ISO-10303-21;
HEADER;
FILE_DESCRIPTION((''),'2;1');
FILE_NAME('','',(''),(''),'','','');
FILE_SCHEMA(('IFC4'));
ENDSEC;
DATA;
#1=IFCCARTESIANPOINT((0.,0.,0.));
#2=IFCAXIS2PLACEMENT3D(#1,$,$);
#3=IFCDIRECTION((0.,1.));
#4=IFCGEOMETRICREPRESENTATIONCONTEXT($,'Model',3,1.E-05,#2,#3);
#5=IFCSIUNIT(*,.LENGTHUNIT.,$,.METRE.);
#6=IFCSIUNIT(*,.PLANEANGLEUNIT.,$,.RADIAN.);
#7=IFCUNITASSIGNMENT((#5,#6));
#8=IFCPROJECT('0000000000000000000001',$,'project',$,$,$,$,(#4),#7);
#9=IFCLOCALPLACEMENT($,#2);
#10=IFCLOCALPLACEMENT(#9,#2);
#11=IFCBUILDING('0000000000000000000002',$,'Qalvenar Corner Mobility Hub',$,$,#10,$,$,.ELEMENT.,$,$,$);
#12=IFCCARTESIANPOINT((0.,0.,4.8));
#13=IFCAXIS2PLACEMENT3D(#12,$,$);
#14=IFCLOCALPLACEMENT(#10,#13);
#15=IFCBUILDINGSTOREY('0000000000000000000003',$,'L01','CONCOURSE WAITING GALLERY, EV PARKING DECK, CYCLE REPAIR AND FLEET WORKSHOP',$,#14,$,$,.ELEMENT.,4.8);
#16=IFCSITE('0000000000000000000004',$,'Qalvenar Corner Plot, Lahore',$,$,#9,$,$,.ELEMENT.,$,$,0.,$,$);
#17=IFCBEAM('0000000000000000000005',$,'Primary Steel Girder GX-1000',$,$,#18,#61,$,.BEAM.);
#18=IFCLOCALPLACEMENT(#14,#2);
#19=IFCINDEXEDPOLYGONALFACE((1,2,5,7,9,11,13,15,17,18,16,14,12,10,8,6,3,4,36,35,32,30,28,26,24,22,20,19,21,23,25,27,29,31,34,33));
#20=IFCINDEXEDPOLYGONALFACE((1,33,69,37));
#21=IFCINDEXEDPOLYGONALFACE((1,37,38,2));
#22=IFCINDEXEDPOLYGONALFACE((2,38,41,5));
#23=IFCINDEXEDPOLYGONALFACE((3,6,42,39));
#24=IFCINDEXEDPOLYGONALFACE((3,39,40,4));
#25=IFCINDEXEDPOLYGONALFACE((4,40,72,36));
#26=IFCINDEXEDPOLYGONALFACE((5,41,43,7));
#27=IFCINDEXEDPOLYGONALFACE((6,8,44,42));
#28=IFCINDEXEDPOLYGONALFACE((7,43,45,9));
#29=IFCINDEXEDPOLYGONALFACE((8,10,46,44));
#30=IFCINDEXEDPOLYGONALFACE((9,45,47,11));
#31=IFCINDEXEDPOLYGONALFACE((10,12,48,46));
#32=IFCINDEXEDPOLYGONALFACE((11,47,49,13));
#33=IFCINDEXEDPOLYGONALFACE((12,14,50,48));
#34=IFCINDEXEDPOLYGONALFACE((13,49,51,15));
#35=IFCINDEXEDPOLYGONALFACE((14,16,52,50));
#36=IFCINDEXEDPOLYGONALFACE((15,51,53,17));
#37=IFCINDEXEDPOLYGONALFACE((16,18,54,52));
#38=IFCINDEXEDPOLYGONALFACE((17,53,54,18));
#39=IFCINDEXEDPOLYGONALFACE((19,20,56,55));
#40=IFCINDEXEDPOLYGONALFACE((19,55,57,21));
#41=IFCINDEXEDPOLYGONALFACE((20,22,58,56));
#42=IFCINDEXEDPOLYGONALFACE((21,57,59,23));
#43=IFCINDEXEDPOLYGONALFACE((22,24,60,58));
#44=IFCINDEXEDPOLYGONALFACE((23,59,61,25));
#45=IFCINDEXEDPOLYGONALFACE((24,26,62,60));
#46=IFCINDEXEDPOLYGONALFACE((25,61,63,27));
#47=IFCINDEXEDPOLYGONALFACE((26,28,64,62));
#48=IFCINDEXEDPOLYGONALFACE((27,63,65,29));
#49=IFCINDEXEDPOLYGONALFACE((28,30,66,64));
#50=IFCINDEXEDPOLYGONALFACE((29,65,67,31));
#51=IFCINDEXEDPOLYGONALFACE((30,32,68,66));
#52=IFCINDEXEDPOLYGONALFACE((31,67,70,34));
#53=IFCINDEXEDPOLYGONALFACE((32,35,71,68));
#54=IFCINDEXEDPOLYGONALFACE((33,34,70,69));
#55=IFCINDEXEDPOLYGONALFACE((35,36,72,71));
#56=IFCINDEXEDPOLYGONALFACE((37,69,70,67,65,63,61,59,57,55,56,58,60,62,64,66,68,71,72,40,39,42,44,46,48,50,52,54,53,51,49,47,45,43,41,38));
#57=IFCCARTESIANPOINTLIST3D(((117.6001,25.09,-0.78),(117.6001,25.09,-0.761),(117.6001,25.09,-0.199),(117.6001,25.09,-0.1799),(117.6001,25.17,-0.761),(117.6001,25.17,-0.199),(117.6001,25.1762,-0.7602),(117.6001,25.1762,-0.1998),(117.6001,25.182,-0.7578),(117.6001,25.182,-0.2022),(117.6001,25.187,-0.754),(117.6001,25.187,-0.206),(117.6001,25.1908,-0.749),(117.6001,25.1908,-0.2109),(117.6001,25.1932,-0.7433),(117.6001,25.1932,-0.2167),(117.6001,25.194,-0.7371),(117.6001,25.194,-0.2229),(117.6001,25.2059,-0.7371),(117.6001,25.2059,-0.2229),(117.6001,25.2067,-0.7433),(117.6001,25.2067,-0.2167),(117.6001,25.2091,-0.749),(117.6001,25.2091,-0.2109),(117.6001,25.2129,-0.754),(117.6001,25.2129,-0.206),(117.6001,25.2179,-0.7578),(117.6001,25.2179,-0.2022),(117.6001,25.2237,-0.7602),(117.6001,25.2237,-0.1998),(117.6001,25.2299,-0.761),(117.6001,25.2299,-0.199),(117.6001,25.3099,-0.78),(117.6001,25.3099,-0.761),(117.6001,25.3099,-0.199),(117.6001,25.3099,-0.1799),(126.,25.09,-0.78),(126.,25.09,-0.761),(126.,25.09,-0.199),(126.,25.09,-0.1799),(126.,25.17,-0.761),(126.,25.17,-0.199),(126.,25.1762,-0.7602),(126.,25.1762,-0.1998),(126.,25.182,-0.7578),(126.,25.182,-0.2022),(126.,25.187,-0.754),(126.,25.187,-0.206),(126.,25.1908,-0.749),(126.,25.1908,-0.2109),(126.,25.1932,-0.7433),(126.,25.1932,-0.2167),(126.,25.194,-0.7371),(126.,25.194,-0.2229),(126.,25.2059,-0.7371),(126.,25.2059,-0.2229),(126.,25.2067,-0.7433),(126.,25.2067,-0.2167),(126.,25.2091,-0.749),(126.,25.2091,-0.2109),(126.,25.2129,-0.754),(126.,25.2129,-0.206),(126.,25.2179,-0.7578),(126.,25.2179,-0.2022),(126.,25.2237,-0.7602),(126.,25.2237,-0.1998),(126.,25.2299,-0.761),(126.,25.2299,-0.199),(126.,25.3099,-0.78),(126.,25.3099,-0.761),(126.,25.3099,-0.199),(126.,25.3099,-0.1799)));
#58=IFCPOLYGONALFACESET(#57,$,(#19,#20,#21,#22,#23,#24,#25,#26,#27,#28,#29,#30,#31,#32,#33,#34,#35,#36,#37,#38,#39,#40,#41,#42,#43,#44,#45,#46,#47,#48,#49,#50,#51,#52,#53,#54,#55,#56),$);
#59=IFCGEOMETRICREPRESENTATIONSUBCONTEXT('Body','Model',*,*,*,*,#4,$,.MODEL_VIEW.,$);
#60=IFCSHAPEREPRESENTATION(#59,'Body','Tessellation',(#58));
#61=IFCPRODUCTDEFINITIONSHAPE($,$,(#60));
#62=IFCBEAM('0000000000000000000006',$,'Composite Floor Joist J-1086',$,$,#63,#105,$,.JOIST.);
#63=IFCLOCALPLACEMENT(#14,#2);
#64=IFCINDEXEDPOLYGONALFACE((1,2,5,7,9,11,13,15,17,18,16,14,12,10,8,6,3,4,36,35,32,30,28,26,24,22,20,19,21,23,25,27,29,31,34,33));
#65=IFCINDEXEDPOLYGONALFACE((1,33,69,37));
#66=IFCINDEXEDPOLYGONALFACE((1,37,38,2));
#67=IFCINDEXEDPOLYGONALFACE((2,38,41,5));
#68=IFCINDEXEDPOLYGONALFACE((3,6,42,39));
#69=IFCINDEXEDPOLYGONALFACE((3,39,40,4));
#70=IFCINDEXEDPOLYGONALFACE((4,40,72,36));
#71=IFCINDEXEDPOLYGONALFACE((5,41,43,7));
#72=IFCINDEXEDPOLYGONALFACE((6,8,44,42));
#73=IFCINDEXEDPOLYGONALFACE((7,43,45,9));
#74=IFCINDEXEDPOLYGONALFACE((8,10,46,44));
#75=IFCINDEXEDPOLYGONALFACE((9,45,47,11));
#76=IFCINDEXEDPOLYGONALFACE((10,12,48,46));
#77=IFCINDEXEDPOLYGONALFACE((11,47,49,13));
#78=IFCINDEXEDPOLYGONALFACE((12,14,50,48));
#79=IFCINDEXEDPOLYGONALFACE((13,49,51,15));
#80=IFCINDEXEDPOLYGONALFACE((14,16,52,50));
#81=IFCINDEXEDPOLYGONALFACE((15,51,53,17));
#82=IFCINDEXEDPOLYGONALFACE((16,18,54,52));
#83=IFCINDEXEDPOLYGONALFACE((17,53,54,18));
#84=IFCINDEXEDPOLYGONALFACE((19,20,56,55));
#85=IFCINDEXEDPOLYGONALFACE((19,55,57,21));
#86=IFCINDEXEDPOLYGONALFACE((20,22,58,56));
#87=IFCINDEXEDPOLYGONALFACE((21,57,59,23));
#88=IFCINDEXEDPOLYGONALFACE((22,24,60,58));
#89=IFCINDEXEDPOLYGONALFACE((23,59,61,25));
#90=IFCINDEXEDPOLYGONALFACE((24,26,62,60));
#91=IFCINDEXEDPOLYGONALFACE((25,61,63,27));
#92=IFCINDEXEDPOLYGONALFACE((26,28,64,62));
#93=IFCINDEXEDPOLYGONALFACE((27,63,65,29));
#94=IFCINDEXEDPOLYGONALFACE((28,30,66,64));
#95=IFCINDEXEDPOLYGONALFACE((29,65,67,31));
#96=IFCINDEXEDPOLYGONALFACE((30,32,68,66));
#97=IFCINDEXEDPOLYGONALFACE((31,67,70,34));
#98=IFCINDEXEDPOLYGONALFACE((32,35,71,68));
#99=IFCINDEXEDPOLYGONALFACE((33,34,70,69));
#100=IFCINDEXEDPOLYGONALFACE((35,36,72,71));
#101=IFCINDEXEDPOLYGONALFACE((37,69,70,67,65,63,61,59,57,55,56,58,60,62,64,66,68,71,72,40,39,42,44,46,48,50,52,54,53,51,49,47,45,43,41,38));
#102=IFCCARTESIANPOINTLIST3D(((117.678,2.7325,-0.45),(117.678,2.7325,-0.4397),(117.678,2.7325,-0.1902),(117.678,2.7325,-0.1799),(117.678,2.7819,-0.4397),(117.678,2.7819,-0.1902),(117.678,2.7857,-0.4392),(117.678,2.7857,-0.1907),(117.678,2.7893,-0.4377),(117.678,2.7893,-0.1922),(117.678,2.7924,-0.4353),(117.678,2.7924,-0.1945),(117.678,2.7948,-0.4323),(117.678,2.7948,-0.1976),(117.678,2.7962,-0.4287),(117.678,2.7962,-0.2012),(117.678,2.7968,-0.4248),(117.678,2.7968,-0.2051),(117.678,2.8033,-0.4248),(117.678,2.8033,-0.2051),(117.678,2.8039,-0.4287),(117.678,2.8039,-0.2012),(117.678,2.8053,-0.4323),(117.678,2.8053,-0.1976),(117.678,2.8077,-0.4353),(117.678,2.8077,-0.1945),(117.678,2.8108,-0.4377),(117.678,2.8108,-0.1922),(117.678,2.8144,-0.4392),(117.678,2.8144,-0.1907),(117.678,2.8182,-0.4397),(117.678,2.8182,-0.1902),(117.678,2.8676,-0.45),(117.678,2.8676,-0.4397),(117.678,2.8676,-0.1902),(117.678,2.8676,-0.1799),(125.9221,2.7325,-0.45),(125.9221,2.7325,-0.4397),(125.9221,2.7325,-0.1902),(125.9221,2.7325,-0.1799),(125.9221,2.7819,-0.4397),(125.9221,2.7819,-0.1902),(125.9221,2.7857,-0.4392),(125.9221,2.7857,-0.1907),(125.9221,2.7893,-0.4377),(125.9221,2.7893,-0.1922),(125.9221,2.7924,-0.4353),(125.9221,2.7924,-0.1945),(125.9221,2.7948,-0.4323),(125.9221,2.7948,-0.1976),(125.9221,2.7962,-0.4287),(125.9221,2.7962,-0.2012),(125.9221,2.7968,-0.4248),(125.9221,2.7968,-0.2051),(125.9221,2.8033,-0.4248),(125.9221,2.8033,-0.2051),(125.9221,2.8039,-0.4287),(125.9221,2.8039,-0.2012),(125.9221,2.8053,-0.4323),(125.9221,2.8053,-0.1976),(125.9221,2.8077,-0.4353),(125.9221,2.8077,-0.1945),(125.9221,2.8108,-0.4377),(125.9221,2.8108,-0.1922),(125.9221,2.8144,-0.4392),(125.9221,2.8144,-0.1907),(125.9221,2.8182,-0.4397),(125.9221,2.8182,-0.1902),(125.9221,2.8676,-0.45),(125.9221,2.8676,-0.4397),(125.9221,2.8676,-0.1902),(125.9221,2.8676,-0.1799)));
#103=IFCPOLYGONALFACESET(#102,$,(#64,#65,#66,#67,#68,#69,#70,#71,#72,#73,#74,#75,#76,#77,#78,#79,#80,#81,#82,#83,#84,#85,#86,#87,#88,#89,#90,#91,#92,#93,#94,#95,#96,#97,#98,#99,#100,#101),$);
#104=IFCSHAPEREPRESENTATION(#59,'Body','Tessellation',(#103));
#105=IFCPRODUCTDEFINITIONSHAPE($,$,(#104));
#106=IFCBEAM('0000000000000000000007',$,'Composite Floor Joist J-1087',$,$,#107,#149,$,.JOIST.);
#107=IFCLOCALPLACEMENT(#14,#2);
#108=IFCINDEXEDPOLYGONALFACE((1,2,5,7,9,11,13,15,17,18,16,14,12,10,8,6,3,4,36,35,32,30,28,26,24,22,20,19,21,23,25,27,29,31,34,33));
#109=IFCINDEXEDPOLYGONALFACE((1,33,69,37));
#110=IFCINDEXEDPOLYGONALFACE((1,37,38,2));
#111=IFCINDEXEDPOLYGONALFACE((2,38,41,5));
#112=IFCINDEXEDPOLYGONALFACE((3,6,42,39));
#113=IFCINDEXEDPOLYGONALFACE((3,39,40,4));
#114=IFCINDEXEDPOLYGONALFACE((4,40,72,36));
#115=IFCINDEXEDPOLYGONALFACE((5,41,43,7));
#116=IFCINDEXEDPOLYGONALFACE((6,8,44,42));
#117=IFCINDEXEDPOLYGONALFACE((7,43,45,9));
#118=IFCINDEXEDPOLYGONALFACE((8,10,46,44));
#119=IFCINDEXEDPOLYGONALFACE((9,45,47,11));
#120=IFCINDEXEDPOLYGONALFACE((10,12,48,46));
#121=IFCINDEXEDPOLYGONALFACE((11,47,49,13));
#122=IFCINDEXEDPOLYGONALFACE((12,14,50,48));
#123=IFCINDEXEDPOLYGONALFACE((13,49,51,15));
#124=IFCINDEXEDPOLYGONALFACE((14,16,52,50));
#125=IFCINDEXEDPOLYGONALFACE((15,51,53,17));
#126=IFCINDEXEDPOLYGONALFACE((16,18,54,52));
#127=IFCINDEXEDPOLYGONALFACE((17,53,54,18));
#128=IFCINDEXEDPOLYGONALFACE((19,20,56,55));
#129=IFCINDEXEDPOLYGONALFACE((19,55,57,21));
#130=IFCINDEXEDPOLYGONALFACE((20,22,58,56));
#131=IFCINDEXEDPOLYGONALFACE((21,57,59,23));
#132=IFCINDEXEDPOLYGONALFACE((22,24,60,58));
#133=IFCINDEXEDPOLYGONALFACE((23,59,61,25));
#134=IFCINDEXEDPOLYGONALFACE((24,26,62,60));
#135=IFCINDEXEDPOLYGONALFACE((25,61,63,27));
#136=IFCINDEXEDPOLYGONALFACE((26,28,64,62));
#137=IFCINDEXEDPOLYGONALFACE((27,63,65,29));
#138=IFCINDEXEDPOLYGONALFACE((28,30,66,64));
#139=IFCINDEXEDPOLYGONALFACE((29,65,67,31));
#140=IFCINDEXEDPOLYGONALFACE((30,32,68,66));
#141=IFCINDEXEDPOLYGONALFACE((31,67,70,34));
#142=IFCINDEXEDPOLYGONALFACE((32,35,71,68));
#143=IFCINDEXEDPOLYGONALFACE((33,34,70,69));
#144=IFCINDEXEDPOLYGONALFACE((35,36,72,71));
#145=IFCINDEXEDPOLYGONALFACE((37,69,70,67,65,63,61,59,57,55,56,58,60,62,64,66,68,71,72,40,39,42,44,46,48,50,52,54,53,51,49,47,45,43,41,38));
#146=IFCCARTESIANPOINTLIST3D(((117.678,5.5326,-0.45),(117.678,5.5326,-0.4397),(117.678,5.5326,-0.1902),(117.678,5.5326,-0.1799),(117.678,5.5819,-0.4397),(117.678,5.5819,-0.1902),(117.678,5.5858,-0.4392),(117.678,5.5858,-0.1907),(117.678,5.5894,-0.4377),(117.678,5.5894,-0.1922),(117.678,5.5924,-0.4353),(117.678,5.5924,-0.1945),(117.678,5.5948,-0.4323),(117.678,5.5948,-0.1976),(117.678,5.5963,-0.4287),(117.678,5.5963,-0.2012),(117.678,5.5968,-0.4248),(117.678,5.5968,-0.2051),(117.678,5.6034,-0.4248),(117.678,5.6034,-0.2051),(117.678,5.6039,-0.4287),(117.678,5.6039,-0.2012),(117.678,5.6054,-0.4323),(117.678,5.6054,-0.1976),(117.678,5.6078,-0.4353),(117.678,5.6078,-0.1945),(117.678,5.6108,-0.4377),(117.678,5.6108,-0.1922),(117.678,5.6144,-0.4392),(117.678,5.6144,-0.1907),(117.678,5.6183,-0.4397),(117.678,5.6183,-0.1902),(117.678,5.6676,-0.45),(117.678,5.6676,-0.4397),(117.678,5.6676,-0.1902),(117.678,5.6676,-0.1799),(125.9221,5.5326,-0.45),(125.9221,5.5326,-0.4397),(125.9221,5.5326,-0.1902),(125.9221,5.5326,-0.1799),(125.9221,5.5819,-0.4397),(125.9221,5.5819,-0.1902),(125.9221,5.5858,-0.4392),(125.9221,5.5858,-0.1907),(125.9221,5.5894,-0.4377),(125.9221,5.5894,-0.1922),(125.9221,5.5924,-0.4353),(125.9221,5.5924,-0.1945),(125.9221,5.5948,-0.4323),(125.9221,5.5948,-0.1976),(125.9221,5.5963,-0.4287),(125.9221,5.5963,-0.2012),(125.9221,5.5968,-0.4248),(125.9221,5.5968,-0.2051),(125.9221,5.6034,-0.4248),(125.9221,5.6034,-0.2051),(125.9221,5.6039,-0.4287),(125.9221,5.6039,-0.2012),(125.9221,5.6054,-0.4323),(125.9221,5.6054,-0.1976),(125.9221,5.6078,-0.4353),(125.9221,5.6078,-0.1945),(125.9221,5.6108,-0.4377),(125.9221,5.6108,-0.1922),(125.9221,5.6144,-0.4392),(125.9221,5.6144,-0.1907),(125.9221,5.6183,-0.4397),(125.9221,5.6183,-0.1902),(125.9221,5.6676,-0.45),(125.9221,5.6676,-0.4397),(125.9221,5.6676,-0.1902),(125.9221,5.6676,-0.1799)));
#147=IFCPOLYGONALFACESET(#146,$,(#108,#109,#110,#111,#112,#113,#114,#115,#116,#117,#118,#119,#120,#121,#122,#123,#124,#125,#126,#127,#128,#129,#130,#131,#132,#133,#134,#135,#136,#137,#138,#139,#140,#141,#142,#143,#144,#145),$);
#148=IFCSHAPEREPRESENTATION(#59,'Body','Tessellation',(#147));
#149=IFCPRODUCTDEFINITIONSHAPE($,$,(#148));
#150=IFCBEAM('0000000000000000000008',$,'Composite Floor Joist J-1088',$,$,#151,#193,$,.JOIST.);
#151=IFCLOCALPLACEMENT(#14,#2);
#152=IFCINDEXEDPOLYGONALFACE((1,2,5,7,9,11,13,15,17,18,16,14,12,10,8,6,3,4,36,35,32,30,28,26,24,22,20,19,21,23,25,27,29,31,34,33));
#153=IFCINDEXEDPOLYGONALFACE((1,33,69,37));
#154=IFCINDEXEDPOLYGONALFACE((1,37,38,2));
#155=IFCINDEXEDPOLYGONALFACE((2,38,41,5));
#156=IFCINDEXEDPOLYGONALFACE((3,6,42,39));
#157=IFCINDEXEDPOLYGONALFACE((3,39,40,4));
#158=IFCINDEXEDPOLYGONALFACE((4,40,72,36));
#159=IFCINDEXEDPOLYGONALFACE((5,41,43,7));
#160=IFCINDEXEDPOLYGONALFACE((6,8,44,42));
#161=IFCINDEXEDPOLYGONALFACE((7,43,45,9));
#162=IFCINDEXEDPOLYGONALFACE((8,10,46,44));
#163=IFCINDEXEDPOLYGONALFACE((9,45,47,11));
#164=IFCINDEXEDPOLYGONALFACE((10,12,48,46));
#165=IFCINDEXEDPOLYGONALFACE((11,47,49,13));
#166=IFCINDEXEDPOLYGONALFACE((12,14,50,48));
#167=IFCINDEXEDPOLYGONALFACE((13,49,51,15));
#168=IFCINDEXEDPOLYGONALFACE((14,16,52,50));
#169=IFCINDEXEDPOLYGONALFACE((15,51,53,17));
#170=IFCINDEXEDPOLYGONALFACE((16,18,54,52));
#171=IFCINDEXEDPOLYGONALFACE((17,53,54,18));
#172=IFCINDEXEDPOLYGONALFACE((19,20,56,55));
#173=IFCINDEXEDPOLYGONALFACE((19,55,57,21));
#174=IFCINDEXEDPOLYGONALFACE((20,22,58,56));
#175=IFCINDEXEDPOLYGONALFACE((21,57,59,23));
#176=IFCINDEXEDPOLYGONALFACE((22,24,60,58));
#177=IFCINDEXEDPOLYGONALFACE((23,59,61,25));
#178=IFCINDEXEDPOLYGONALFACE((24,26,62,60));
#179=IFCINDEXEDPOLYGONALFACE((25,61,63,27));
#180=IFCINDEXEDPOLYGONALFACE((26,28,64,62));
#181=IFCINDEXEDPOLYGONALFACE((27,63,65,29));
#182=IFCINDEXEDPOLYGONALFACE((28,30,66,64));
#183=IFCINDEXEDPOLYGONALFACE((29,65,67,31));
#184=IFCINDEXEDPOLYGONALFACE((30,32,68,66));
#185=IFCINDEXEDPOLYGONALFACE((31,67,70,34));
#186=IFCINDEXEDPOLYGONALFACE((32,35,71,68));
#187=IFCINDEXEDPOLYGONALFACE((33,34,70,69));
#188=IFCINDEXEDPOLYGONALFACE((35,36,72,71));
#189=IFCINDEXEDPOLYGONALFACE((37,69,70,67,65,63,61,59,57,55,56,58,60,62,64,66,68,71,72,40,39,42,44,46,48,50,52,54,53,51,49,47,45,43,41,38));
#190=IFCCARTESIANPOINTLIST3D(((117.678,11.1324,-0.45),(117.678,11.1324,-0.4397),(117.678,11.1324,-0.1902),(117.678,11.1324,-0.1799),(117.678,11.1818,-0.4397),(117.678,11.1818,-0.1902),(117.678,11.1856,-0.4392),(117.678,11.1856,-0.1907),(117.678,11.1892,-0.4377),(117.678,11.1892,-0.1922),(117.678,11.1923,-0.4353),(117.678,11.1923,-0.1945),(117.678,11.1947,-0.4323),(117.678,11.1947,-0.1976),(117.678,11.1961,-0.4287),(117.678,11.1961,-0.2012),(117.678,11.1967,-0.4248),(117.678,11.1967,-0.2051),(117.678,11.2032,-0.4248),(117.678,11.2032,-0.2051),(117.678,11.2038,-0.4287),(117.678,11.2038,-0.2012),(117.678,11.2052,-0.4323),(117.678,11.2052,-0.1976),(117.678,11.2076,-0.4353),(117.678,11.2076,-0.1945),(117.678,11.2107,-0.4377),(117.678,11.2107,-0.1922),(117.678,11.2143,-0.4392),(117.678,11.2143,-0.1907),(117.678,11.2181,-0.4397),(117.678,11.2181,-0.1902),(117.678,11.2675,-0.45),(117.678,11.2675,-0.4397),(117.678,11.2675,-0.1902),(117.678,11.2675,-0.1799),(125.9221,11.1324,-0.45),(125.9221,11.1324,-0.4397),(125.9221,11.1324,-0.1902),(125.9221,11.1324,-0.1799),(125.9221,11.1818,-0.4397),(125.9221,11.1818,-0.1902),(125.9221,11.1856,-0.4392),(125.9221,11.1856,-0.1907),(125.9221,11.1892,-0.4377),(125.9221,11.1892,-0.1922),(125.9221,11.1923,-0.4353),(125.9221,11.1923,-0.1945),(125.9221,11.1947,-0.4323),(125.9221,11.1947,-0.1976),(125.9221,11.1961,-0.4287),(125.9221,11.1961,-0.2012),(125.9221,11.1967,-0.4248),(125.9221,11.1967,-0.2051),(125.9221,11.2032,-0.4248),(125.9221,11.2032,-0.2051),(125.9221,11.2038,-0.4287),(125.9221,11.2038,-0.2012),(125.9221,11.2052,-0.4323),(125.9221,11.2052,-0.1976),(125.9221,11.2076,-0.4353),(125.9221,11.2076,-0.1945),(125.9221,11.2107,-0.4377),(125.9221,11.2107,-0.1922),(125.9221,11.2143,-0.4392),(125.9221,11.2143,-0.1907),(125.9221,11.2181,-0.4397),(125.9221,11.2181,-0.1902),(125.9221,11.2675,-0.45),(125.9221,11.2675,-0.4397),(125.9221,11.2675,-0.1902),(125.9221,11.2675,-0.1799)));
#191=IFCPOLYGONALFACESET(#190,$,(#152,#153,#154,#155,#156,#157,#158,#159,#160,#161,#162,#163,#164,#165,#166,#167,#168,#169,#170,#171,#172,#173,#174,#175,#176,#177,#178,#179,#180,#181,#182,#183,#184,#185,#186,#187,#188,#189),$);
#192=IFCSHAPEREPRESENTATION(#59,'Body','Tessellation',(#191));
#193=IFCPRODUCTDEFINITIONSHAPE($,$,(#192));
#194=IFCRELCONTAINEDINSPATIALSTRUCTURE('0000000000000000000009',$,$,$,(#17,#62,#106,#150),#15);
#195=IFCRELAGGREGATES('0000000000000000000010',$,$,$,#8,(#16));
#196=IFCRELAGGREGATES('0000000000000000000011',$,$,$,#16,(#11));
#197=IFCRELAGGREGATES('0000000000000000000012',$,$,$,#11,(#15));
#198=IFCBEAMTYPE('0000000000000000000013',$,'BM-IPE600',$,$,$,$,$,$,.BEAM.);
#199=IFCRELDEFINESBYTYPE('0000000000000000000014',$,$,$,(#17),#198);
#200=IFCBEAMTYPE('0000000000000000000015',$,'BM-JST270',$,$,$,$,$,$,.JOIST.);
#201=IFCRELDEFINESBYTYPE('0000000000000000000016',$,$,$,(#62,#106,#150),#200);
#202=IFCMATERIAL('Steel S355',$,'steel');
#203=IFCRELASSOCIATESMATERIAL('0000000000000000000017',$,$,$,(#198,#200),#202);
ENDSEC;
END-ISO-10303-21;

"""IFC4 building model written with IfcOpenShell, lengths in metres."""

from ifc_helpers import new_model, si_unit, direction, frame, origin, origin_2d, place, context, subcontext, project, spatial, i_section, extrude, material, material_profile, profile_set, type_object, element, save


model = new_model("IFC4")

# Units and contexts
model_context = context("Model", 3, precision=1e-05, world=origin(), true_north=direction((0.0, 1.0)))
body_context = subcontext(model_context, "Body", "Model", "MODEL_VIEW")
ifc_project = project(units=[si_unit("LENGTHUNIT", "METRE"), si_unit("PLANEANGLEUNIT", "RADIAN")], contexts=[model_context])

# Site, building, storey
site_placement = place(None, origin())
site = spatial("IfcSite", under=ifc_project, at=site_placement, Name="Qalvenar Corner Plot, Lahore", CompositionType="ELEMENT", RefElevation=0.0)
building_placement = place(site_placement, origin())
building = spatial("IfcBuilding", under=site, at=building_placement, Name="Qalvenar Corner Mobility Hub", CompositionType="ELEMENT")
storey_placement = place(building_placement, frame((0.0, 0.0, 4.8)))
storey = spatial("IfcBuildingStorey", under=building, at=storey_placement, Name="L01", Description="CONCOURSE WAITING GALLERY, EV PARKING DECK, CYCLE REPAIR AND FLEET WORKSHOP", CompositionType="ELEMENT", Elevation=4.8)

# Shared definitions
ifc_material_1 = material(Name="Steel S355", Category="steel")

# Beams
ifc_material_profile_1 = material_profile(ifc_material_1, i_section(OverallWidth=0.22, OverallDepth=0.6001, WebThickness=0.012, FlangeThickness=0.019, FilletRadius=0.0239, at=origin_2d()), Name="IPE600")
ifc_profile_set_1 = profile_set([ifc_material_profile_1], Name="Steel S355")
beam_type_1 = type_object("IfcBeamType", Name="BM-IPE600", PredefinedType="BEAM", material=ifc_profile_set_1)
for number, where, z_axis, x_axis, name in (
    (1, (117.6001, 25.2, -0.48), (1.0, 0.0, 0.0), (0.0, 1.0, 0.0), "Primary Steel Girder GX-1000"),
):
    element("IfcBeam", number, at=place(storey_placement, frame(where, z_axis=z_axis, x_axis=x_axis)), inside=storey, type_object=beam_type_1, Name=name, PredefinedType="BEAM", context=body_context, shape_type="SweptSolid", body=[
        extrude(i_section(OverallWidth=0.22, OverallDepth=0.6001, WebThickness=0.012, FlangeThickness=0.019, FilletRadius=0.0239, at=origin_2d()), origin(), (0.0, 0.0, 1.0), 8.3999),
    ])
ifc_material_profile_2 = material_profile(ifc_material_1, i_section(OverallWidth=0.135, OverallDepth=0.27, WebThickness=0.0066, FlangeThickness=0.0103, FilletRadius=0.0149, at=origin_2d()), Name="IPE270")
ifc_profile_set_2 = profile_set([ifc_material_profile_2], Name="Steel S355")
beam_type_2 = type_object("IfcBeamType", Name="BM-JST270", PredefinedType="JOIST", material=ifc_profile_set_2)
for number, where, z_axis, x_axis, name in (
    (2, (117.678, 2.8, -0.3149), (1.0, 0.0, 0.0), (0.0, 1.0, 0.0), "Composite Floor Joist J-1086"),
    (3, (117.678, 5.6001, -0.3149), (1.0, 0.0, 0.0), (0.0, 1.0, 0.0), "Composite Floor Joist J-1087"),
    (4, (117.678, 11.2, -0.3149), (1.0, 0.0, 0.0), (0.0, 1.0, 0.0), "Composite Floor Joist J-1088"),
):
    element("IfcBeam", number, at=place(storey_placement, frame(where, z_axis=z_axis, x_axis=x_axis)), inside=storey, type_object=beam_type_2, Name=name, PredefinedType="JOIST", context=body_context, shape_type="SweptSolid", body=[
        extrude(i_section(OverallWidth=0.135, OverallDepth=0.27, WebThickness=0.0066, FlangeThickness=0.0103, FilletRadius=0.0149, at=origin_2d()), origin(), (0.0, 0.0, 1.0), 8.2441),
    ])

save(model, "model.ifc")
